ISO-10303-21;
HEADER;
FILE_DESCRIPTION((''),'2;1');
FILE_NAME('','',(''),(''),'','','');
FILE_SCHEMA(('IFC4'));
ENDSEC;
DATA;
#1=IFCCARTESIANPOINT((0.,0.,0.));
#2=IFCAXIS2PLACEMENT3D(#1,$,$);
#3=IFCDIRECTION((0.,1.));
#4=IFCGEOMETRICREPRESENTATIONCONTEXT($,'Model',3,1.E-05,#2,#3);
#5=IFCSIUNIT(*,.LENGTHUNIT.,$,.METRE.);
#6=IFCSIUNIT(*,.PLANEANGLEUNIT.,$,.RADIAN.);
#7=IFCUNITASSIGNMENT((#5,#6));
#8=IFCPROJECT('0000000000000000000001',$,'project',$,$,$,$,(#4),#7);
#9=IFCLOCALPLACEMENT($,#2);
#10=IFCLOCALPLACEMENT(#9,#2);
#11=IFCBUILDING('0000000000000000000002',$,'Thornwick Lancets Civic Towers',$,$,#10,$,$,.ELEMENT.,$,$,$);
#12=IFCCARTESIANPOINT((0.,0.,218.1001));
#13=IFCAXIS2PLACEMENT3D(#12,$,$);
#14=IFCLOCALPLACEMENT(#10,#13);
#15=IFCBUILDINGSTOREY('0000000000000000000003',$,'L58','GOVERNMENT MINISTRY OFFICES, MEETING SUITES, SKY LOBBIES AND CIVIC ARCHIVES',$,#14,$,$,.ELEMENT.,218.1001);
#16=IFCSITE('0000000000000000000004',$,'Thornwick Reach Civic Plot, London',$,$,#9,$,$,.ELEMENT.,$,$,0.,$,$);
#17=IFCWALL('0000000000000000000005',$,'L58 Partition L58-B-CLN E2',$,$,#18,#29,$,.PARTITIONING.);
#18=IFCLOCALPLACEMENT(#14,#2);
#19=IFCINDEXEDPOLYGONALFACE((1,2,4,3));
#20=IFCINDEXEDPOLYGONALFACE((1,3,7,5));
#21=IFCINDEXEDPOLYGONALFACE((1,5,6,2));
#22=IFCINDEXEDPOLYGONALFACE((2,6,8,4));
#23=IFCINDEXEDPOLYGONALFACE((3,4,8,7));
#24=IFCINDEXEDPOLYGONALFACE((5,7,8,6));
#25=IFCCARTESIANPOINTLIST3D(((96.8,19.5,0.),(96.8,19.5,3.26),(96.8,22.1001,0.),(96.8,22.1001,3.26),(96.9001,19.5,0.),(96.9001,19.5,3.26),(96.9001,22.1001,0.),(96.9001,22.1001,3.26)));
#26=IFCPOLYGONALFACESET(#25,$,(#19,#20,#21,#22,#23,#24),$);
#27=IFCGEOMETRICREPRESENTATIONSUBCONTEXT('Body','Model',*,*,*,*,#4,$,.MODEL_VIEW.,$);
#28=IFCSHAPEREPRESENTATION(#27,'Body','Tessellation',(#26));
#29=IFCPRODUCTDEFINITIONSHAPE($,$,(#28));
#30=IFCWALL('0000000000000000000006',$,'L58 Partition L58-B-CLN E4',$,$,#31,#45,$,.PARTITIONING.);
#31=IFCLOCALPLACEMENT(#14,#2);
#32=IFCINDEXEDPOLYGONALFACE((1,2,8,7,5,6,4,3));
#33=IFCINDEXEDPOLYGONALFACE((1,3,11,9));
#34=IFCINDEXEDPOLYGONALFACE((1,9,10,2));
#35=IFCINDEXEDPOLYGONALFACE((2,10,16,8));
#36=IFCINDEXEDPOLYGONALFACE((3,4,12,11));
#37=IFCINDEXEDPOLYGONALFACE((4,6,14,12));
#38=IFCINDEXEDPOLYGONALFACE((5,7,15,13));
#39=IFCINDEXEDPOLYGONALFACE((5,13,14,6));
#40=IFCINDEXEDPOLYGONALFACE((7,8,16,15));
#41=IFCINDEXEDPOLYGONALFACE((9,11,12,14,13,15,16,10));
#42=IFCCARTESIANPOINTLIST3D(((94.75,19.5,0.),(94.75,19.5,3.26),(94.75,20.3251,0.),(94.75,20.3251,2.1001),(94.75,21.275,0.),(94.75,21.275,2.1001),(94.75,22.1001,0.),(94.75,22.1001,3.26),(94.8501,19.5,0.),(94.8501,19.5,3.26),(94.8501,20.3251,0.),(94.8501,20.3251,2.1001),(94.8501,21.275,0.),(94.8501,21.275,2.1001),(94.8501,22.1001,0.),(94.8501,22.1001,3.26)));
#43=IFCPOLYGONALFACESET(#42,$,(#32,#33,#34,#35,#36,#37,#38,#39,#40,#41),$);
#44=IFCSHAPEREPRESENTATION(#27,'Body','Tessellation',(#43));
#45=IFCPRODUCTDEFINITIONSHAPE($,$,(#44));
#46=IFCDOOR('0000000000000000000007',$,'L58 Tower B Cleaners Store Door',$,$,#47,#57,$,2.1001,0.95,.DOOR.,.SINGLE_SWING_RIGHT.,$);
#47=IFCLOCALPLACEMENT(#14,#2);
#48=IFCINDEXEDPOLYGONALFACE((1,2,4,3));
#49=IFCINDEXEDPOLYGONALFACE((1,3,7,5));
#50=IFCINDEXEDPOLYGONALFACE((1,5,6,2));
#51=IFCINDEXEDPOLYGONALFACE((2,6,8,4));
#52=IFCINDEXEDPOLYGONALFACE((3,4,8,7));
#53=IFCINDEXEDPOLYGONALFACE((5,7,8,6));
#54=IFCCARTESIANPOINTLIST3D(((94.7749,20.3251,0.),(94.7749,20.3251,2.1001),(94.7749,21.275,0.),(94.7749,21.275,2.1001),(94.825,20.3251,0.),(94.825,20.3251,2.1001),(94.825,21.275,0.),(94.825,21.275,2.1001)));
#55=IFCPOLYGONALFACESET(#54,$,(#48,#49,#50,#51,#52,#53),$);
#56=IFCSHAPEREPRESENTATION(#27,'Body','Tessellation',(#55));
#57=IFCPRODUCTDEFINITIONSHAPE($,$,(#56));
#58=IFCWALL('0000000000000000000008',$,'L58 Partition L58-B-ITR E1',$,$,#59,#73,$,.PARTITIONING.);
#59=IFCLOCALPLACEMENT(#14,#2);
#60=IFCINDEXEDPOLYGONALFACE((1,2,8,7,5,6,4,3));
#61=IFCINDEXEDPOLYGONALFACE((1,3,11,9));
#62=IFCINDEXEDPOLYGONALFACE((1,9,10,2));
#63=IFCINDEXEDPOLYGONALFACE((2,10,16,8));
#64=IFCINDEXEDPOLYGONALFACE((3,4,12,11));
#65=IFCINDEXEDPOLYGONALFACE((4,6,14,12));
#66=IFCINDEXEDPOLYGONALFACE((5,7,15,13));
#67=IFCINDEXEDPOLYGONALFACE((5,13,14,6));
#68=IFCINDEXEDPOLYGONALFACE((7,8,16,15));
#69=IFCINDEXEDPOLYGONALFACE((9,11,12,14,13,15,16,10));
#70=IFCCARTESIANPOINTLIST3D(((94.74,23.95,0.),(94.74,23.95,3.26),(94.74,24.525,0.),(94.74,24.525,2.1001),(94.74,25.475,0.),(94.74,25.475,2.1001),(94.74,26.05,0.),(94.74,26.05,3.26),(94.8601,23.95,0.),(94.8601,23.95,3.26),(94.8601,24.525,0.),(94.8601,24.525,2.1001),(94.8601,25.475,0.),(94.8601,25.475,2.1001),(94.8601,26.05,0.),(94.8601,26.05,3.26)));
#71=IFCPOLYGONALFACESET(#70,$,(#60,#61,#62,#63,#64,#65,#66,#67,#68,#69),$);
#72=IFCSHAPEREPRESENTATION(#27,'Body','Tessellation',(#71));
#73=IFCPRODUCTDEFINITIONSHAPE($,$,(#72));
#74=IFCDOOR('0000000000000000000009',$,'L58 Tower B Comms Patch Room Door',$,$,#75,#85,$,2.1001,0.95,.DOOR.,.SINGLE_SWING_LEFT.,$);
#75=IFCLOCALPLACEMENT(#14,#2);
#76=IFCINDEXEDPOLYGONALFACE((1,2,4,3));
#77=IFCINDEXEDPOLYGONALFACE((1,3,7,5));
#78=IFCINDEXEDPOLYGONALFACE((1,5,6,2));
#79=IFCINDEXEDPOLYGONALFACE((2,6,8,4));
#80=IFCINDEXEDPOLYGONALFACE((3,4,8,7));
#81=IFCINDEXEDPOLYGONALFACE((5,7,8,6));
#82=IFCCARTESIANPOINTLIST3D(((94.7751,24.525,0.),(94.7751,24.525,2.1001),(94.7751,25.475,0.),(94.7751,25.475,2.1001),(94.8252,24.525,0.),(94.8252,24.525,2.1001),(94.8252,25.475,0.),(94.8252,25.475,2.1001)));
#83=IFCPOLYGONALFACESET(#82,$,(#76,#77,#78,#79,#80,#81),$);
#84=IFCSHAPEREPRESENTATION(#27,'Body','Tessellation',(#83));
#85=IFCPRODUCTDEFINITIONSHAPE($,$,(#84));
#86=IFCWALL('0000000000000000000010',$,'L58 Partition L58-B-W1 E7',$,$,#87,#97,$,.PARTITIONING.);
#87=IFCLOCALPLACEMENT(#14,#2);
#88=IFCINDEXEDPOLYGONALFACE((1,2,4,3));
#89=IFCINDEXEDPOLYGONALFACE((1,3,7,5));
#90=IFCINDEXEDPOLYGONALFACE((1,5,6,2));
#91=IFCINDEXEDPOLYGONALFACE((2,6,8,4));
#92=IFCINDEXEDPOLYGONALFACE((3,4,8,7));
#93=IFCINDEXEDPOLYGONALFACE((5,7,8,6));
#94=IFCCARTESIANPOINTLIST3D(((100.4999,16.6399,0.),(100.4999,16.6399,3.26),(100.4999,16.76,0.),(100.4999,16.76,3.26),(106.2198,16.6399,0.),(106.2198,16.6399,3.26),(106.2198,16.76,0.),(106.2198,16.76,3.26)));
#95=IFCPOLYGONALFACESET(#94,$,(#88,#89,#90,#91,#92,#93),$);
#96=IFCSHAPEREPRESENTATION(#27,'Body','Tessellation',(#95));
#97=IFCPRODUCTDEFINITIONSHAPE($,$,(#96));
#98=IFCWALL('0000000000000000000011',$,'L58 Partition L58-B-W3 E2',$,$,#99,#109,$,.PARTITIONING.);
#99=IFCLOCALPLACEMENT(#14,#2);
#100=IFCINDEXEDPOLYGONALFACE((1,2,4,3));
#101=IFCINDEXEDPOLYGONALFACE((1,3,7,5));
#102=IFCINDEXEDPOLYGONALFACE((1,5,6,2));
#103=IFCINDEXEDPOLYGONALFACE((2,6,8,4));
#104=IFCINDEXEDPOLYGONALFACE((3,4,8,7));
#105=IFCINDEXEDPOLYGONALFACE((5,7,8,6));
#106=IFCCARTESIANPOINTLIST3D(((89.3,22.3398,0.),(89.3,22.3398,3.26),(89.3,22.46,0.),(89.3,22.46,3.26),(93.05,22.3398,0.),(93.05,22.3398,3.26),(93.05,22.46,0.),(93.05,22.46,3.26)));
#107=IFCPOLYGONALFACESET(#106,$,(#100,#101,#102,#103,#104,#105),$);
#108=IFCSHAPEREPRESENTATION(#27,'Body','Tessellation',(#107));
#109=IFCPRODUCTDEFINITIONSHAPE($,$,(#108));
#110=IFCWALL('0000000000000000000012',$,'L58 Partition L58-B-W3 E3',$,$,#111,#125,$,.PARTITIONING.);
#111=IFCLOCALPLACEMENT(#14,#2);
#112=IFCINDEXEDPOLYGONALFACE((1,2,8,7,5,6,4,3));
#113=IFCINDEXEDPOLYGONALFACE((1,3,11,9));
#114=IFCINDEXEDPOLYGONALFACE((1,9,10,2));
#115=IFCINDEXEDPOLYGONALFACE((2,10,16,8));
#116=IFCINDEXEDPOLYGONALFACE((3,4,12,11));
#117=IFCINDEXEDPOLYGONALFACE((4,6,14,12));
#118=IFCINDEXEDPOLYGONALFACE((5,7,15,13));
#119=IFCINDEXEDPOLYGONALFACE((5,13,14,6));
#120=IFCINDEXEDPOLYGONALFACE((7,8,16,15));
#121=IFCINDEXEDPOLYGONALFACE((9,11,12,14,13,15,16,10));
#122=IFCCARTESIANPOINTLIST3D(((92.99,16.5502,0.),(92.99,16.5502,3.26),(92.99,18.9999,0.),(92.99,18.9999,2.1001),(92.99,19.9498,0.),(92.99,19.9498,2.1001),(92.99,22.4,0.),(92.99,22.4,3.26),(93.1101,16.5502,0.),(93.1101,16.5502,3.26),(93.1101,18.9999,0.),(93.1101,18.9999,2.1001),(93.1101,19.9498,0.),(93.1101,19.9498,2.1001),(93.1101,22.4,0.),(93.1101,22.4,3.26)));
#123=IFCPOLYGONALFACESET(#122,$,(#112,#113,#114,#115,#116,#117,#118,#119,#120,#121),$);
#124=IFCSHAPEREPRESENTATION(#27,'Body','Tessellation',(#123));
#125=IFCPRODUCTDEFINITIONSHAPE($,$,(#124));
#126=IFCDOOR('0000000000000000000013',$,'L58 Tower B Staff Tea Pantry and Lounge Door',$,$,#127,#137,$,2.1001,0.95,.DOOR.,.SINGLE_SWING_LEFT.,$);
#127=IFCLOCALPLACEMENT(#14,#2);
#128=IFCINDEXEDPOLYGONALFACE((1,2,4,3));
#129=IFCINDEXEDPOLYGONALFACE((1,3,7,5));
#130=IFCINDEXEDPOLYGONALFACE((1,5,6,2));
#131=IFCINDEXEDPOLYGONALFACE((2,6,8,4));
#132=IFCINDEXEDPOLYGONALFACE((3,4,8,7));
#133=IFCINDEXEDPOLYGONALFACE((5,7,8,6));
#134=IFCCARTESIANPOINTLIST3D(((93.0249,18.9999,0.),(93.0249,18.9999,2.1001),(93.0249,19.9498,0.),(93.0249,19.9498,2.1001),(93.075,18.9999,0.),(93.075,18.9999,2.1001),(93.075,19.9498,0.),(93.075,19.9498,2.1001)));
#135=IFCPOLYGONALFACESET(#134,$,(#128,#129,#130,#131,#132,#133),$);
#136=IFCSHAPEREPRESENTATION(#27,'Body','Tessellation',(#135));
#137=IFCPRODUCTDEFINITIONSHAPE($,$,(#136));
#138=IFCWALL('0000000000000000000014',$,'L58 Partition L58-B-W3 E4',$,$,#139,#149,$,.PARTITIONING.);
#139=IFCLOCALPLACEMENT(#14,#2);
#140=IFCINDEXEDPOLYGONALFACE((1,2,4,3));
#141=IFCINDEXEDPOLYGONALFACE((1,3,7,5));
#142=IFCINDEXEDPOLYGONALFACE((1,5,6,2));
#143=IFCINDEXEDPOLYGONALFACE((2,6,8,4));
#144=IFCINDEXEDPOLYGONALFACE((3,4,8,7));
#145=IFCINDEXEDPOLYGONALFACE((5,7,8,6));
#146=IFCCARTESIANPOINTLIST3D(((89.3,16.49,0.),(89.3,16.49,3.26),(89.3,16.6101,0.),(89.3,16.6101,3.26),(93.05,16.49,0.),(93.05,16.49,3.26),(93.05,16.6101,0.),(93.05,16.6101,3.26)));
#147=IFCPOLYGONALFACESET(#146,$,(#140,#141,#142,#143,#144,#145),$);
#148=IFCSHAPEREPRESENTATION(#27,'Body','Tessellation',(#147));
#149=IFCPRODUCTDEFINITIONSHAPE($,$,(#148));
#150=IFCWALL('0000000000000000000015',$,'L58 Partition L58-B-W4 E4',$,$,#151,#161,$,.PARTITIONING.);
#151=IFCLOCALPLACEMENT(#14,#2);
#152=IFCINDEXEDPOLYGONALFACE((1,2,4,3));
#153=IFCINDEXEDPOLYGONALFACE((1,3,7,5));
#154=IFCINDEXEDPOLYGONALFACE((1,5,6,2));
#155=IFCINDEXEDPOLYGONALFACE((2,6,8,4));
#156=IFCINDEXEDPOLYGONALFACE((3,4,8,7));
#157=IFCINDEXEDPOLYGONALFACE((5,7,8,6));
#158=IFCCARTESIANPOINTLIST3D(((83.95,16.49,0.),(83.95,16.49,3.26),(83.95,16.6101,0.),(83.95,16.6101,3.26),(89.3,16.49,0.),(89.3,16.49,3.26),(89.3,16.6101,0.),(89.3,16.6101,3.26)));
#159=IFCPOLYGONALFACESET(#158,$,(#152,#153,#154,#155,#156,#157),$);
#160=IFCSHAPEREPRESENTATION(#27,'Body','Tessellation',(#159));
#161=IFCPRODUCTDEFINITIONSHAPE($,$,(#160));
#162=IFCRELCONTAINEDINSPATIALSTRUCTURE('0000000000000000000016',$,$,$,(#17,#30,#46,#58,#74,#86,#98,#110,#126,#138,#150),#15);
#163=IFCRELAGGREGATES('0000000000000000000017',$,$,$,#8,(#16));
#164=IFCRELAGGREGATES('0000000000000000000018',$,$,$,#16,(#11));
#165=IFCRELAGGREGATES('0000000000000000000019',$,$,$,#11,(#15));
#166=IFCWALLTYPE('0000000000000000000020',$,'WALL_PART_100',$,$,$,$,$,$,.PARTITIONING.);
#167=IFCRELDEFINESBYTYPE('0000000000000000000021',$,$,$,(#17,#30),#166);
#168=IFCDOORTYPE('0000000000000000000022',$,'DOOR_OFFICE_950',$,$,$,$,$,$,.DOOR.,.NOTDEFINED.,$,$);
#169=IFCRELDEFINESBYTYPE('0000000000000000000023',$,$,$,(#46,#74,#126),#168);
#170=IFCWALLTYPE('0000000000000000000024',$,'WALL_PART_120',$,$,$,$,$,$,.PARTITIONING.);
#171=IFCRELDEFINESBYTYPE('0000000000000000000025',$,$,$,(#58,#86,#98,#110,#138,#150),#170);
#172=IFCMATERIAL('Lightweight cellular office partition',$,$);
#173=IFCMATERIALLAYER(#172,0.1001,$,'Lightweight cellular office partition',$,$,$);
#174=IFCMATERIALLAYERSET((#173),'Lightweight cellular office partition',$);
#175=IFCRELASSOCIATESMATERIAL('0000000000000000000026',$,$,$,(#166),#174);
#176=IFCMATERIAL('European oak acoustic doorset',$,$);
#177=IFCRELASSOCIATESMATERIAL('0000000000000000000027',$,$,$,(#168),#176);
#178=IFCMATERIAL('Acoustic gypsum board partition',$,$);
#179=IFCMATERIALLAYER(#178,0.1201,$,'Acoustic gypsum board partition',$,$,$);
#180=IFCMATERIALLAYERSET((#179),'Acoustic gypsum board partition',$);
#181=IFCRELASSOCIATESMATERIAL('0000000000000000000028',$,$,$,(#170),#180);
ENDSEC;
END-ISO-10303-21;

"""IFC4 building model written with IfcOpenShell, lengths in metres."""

from ifc_helpers import new_model, si_unit, direction, frame, frame_2d, origin, place, context, subcontext, project, spatial, rectangle, extrude, material, layer, layer_set, type_object, element, fill, save


model = new_model("IFC4")

# Units and contexts
model_context = context("Model", 3, precision=1e-05, world=origin(), true_north=direction((0.0, 1.0)))
body_context = subcontext(model_context, "Body", "Model", "MODEL_VIEW")
ifc_project = project(units=[si_unit("LENGTHUNIT", "METRE"), si_unit("PLANEANGLEUNIT", "RADIAN")], contexts=[model_context])

# Site, building, storey
site_placement = place(None, origin())
site = spatial("IfcSite", under=ifc_project, at=site_placement, Name="Thornwick Reach Civic Plot, London", CompositionType="ELEMENT", RefElevation=0.0)
building_placement = place(site_placement, origin())
building = spatial("IfcBuilding", under=site, at=building_placement, Name="Thornwick Lancets Civic Towers", CompositionType="ELEMENT")
storey_placement = place(building_placement, frame((0.0, 0.0, 218.1001)))
storey = spatial("IfcBuildingStorey", under=building, at=storey_placement, Name="L58", Description="GOVERNMENT MINISTRY OFFICES, MEETING SUITES, SKY LOBBIES AND CIVIC ARCHIVES", CompositionType="ELEMENT", Elevation=218.1001)

# Wall
ifc_material_1 = material(Name="Lightweight cellular office partition")
ifc_layer_1 = layer(ifc_material_1, 0.1001, Name="Lightweight cellular office partition")
ifc_layer_set_1 = layer_set([ifc_layer_1], Name="Lightweight cellular office partition")
wall_type_1 = type_object("IfcWallType", Name="WALL_PART_100", PredefinedType="PARTITIONING", material=ifc_layer_set_1)
wall_1_placement = place(storey_placement, frame((96.8501, 19.5, 0.0), z_axis=(0.0, 0.0, 1.0), x_axis=(0.0, 1.0, 0.0)))
element("IfcWall", 1, at=wall_1_placement, inside=storey, type_object=wall_type_1, Name="L58 Partition L58-B-CLN E2", PredefinedType="PARTITIONING", context=body_context, shape_type="SweptSolid", body=[
    extrude(rectangle(XDim=2.6001, YDim=0.1001, at=frame_2d((1.3, 0.0))), origin(), (0.0, 0.0, 1.0), 3.26),
])

# Walls, openings, doors
wall_2_placement = place(storey_placement, frame((94.8, 22.1001, 0.0), z_axis=(0.0, 0.0, 1.0), x_axis=(0.0, -1.0, 0.0)))
wall_2 = element("IfcWall", 2, at=wall_2_placement, inside=storey, type_object=wall_type_1, Name="L58 Partition L58-B-CLN E4", PredefinedType="PARTITIONING", context=body_context, shape_type="SweptSolid", body=[
    extrude(rectangle(XDim=2.6001, YDim=0.1001, at=frame_2d((1.3, 0.0))), origin(), (0.0, 0.0, 1.0), 3.26),
])
opening_1_placement = place(wall_2_placement, frame((0.825, 0.0, 0.0)))
opening_1 = element("IfcOpeningElement", 3, at=opening_1_placement, cuts=wall_2, PredefinedType="OPENING", context=body_context, shape_type="SweptSolid", body=[
    extrude(rectangle(XDim=0.95, YDim=2.1001, at=frame_2d((0.4751, 1.05))), frame((0.0, 0.0601, 0.0), z_axis=(0.0, -1.0, 0.0), x_axis=(1.0, 0.0, 0.0)), (0.0, 0.0, 1.0), 0.1201),
])
ifc_material_2 = material(Name="European oak acoustic doorset")
door_type_1 = type_object("IfcDoorType", Name="DOOR_OFFICE_950", OperationType="NOTDEFINED", PredefinedType="DOOR", material=ifc_material_2)
door_1_placement = place(opening_1_placement, origin())
door_1 = element("IfcDoor", 4, at=door_1_placement, inside=storey, type_object=door_type_1, Name="L58 Tower B Cleaners Store Door", OperationType="SINGLE_SWING_RIGHT", OverallHeight=2.1001, OverallWidth=0.95, PredefinedType="DOOR", context=body_context, shape_type="SweptSolid", body=[
    extrude(rectangle(XDim=0.95, YDim=2.1001, at=frame_2d((0.4751, 1.05))), frame((0.0, 0.0249, 0.0), z_axis=(0.0, -1.0, 0.0), x_axis=(1.0, 0.0, 0.0)), (0.0, 0.0, 1.0), 0.05),
])
fill(opening_1, door_1)
ifc_material_3 = material(Name="Acoustic gypsum board partition")
ifc_layer_2 = layer(ifc_material_3, 0.1201, Name="Acoustic gypsum board partition")
ifc_layer_set_2 = layer_set([ifc_layer_2], Name="Acoustic gypsum board partition")
wall_type_2 = type_object("IfcWallType", Name="WALL_PART_120", PredefinedType="PARTITIONING", material=ifc_layer_set_2)
wall_3_placement = place(storey_placement, frame((94.8, 23.95, 0.0), z_axis=(0.0, 0.0, 1.0), x_axis=(0.0, 1.0, 0.0)))
wall_3 = element("IfcWall", 5, at=wall_3_placement, inside=storey, type_object=wall_type_2, Name="L58 Partition L58-B-ITR E1", PredefinedType="PARTITIONING", context=body_context, shape_type="SweptSolid", body=[
    extrude(rectangle(XDim=2.1001, YDim=0.1201, at=frame_2d((1.05, 0.0))), origin(), (0.0, 0.0, 1.0), 3.26),
])
opening_2_placement = place(wall_3_placement, frame((0.575, 0.0, 0.0)))
opening_2 = element("IfcOpeningElement", 6, at=opening_2_placement, cuts=wall_3, PredefinedType="OPENING", context=body_context, shape_type="SweptSolid", body=[
    extrude(rectangle(XDim=0.95, YDim=2.1001, at=frame_2d((0.4751, 1.05))), frame((0.0, 0.0701, 0.0), z_axis=(0.0, -1.0, 0.0), x_axis=(1.0, 0.0, 0.0)), (0.0, 0.0, 1.0), 0.1401),
])
door_2_placement = place(opening_2_placement, origin())
door_2 = element("IfcDoor", 7, at=door_2_placement, inside=storey, type_object=door_type_1, Name="L58 Tower B Comms Patch Room Door", OperationType="SINGLE_SWING_LEFT", OverallHeight=2.1001, OverallWidth=0.95, PredefinedType="DOOR", context=body_context, shape_type="SweptSolid", body=[
    extrude(rectangle(XDim=0.95, YDim=2.1001, at=frame_2d((0.4751, 1.05))), frame((0.0, 0.0249, 0.0), z_axis=(0.0, -1.0, 0.0), x_axis=(1.0, 0.0, 0.0)), (0.0, 0.0, 1.0), 0.05),
])
fill(opening_2, door_2)

# Walls
wall_4_placement = place(storey_placement, frame((100.5, 16.7, 0.0), z_axis=(0.0, 0.0, 1.0), x_axis=(1.0, 0.0, 0.0)))
element("IfcWall", 8, at=wall_4_placement, inside=storey, type_object=wall_type_2, Name="L58 Partition L58-B-W1 E7", PredefinedType="PARTITIONING", context=body_context, shape_type="SweptSolid", body=[
    extrude(rectangle(XDim=5.72, YDim=0.1201, at=frame_2d((2.8599, 0.0))), origin(), (0.0, 0.0, 1.0), 3.26),
])
wall_5_placement = place(storey_placement, frame((89.3, 22.3999, 0.0), z_axis=(0.0, 0.0, 1.0), x_axis=(1.0, 0.0, 0.0)))
element("IfcWall", 9, at=wall_5_placement, inside=storey, type_object=wall_type_2, Name="L58 Partition L58-B-W3 E2", PredefinedType="PARTITIONING", context=body_context, shape_type="SweptSolid", body=[
    extrude(rectangle(XDim=3.75, YDim=0.1201, at=frame_2d((1.875, 0.0))), origin(), (0.0, 0.0, 1.0), 3.26),
])

# Wall, opening, door
wall_6_placement = place(storey_placement, frame((93.05, 22.3999, 0.0), z_axis=(0.0, 0.0, 1.0), x_axis=(0.0, -1.0, 0.0)))
wall_6 = element("IfcWall", 10, at=wall_6_placement, inside=storey, type_object=wall_type_2, Name="L58 Partition L58-B-W3 E3", PredefinedType="PARTITIONING", context=body_context, shape_type="SweptSolid", body=[
    extrude(rectangle(XDim=5.8499, YDim=0.1201, at=frame_2d((2.9248, 0.0))), origin(), (0.0, 0.0, 1.0), 3.26),
])
opening_3_placement = place(wall_6_placement, frame((2.45, 0.0, 0.0)))
opening_3 = element("IfcOpeningElement", 11, at=opening_3_placement, cuts=wall_6, PredefinedType="OPENING", context=body_context, shape_type="SweptSolid", body=[
    extrude(rectangle(XDim=0.95, YDim=2.1001, at=frame_2d((0.4751, 1.05))), frame((0.0, 0.0701, 0.0), z_axis=(0.0, -1.0, 0.0), x_axis=(1.0, 0.0, 0.0)), (0.0, 0.0, 1.0), 0.1401),
])
door_3_placement = place(opening_3_placement, origin())
door_3 = element("IfcDoor", 12, at=door_3_placement, inside=storey, type_object=door_type_1, Name="L58 Tower B Staff Tea Pantry and Lounge Door", OperationType="SINGLE_SWING_LEFT", OverallHeight=2.1001, OverallWidth=0.95, PredefinedType="DOOR", context=body_context, shape_type="SweptSolid", body=[
    extrude(rectangle(XDim=0.95, YDim=2.1001, at=frame_2d((0.4751, 1.05))), frame((0.0, 0.0249, 0.0), z_axis=(0.0, -1.0, 0.0), x_axis=(1.0, 0.0, 0.0)), (0.0, 0.0, 1.0), 0.05),
])
fill(opening_3, door_3)

# Walls
wall_7_placement = place(storey_placement, frame((93.05, 16.55, 0.0), z_axis=(0.0, 0.0, 1.0), x_axis=(-1.0, 0.0, 0.0)))
element("IfcWall", 13, at=wall_7_placement, inside=storey, type_object=wall_type_2, Name="L58 Partition L58-B-W3 E4", PredefinedType="PARTITIONING", context=body_context, shape_type="SweptSolid", body=[
    extrude(rectangle(XDim=3.75, YDim=0.1201, at=frame_2d((1.875, 0.0))), origin(), (0.0, 0.0, 1.0), 3.26),
])
wall_8_placement = place(storey_placement, frame((89.3, 16.55, 0.0), z_axis=(0.0, 0.0, 1.0), x_axis=(-1.0, 0.0, 0.0)))
element("IfcWall", 14, at=wall_8_placement, inside=storey, type_object=wall_type_2, Name="L58 Partition L58-B-W4 E4", PredefinedType="PARTITIONING", context=body_context, shape_type="SweptSolid", body=[
    extrude(rectangle(XDim=5.3501, YDim=0.1201, at=frame_2d((2.675, 0.0))), origin(), (0.0, 0.0, 1.0), 3.26),
])

save(model, "model.ifc")
